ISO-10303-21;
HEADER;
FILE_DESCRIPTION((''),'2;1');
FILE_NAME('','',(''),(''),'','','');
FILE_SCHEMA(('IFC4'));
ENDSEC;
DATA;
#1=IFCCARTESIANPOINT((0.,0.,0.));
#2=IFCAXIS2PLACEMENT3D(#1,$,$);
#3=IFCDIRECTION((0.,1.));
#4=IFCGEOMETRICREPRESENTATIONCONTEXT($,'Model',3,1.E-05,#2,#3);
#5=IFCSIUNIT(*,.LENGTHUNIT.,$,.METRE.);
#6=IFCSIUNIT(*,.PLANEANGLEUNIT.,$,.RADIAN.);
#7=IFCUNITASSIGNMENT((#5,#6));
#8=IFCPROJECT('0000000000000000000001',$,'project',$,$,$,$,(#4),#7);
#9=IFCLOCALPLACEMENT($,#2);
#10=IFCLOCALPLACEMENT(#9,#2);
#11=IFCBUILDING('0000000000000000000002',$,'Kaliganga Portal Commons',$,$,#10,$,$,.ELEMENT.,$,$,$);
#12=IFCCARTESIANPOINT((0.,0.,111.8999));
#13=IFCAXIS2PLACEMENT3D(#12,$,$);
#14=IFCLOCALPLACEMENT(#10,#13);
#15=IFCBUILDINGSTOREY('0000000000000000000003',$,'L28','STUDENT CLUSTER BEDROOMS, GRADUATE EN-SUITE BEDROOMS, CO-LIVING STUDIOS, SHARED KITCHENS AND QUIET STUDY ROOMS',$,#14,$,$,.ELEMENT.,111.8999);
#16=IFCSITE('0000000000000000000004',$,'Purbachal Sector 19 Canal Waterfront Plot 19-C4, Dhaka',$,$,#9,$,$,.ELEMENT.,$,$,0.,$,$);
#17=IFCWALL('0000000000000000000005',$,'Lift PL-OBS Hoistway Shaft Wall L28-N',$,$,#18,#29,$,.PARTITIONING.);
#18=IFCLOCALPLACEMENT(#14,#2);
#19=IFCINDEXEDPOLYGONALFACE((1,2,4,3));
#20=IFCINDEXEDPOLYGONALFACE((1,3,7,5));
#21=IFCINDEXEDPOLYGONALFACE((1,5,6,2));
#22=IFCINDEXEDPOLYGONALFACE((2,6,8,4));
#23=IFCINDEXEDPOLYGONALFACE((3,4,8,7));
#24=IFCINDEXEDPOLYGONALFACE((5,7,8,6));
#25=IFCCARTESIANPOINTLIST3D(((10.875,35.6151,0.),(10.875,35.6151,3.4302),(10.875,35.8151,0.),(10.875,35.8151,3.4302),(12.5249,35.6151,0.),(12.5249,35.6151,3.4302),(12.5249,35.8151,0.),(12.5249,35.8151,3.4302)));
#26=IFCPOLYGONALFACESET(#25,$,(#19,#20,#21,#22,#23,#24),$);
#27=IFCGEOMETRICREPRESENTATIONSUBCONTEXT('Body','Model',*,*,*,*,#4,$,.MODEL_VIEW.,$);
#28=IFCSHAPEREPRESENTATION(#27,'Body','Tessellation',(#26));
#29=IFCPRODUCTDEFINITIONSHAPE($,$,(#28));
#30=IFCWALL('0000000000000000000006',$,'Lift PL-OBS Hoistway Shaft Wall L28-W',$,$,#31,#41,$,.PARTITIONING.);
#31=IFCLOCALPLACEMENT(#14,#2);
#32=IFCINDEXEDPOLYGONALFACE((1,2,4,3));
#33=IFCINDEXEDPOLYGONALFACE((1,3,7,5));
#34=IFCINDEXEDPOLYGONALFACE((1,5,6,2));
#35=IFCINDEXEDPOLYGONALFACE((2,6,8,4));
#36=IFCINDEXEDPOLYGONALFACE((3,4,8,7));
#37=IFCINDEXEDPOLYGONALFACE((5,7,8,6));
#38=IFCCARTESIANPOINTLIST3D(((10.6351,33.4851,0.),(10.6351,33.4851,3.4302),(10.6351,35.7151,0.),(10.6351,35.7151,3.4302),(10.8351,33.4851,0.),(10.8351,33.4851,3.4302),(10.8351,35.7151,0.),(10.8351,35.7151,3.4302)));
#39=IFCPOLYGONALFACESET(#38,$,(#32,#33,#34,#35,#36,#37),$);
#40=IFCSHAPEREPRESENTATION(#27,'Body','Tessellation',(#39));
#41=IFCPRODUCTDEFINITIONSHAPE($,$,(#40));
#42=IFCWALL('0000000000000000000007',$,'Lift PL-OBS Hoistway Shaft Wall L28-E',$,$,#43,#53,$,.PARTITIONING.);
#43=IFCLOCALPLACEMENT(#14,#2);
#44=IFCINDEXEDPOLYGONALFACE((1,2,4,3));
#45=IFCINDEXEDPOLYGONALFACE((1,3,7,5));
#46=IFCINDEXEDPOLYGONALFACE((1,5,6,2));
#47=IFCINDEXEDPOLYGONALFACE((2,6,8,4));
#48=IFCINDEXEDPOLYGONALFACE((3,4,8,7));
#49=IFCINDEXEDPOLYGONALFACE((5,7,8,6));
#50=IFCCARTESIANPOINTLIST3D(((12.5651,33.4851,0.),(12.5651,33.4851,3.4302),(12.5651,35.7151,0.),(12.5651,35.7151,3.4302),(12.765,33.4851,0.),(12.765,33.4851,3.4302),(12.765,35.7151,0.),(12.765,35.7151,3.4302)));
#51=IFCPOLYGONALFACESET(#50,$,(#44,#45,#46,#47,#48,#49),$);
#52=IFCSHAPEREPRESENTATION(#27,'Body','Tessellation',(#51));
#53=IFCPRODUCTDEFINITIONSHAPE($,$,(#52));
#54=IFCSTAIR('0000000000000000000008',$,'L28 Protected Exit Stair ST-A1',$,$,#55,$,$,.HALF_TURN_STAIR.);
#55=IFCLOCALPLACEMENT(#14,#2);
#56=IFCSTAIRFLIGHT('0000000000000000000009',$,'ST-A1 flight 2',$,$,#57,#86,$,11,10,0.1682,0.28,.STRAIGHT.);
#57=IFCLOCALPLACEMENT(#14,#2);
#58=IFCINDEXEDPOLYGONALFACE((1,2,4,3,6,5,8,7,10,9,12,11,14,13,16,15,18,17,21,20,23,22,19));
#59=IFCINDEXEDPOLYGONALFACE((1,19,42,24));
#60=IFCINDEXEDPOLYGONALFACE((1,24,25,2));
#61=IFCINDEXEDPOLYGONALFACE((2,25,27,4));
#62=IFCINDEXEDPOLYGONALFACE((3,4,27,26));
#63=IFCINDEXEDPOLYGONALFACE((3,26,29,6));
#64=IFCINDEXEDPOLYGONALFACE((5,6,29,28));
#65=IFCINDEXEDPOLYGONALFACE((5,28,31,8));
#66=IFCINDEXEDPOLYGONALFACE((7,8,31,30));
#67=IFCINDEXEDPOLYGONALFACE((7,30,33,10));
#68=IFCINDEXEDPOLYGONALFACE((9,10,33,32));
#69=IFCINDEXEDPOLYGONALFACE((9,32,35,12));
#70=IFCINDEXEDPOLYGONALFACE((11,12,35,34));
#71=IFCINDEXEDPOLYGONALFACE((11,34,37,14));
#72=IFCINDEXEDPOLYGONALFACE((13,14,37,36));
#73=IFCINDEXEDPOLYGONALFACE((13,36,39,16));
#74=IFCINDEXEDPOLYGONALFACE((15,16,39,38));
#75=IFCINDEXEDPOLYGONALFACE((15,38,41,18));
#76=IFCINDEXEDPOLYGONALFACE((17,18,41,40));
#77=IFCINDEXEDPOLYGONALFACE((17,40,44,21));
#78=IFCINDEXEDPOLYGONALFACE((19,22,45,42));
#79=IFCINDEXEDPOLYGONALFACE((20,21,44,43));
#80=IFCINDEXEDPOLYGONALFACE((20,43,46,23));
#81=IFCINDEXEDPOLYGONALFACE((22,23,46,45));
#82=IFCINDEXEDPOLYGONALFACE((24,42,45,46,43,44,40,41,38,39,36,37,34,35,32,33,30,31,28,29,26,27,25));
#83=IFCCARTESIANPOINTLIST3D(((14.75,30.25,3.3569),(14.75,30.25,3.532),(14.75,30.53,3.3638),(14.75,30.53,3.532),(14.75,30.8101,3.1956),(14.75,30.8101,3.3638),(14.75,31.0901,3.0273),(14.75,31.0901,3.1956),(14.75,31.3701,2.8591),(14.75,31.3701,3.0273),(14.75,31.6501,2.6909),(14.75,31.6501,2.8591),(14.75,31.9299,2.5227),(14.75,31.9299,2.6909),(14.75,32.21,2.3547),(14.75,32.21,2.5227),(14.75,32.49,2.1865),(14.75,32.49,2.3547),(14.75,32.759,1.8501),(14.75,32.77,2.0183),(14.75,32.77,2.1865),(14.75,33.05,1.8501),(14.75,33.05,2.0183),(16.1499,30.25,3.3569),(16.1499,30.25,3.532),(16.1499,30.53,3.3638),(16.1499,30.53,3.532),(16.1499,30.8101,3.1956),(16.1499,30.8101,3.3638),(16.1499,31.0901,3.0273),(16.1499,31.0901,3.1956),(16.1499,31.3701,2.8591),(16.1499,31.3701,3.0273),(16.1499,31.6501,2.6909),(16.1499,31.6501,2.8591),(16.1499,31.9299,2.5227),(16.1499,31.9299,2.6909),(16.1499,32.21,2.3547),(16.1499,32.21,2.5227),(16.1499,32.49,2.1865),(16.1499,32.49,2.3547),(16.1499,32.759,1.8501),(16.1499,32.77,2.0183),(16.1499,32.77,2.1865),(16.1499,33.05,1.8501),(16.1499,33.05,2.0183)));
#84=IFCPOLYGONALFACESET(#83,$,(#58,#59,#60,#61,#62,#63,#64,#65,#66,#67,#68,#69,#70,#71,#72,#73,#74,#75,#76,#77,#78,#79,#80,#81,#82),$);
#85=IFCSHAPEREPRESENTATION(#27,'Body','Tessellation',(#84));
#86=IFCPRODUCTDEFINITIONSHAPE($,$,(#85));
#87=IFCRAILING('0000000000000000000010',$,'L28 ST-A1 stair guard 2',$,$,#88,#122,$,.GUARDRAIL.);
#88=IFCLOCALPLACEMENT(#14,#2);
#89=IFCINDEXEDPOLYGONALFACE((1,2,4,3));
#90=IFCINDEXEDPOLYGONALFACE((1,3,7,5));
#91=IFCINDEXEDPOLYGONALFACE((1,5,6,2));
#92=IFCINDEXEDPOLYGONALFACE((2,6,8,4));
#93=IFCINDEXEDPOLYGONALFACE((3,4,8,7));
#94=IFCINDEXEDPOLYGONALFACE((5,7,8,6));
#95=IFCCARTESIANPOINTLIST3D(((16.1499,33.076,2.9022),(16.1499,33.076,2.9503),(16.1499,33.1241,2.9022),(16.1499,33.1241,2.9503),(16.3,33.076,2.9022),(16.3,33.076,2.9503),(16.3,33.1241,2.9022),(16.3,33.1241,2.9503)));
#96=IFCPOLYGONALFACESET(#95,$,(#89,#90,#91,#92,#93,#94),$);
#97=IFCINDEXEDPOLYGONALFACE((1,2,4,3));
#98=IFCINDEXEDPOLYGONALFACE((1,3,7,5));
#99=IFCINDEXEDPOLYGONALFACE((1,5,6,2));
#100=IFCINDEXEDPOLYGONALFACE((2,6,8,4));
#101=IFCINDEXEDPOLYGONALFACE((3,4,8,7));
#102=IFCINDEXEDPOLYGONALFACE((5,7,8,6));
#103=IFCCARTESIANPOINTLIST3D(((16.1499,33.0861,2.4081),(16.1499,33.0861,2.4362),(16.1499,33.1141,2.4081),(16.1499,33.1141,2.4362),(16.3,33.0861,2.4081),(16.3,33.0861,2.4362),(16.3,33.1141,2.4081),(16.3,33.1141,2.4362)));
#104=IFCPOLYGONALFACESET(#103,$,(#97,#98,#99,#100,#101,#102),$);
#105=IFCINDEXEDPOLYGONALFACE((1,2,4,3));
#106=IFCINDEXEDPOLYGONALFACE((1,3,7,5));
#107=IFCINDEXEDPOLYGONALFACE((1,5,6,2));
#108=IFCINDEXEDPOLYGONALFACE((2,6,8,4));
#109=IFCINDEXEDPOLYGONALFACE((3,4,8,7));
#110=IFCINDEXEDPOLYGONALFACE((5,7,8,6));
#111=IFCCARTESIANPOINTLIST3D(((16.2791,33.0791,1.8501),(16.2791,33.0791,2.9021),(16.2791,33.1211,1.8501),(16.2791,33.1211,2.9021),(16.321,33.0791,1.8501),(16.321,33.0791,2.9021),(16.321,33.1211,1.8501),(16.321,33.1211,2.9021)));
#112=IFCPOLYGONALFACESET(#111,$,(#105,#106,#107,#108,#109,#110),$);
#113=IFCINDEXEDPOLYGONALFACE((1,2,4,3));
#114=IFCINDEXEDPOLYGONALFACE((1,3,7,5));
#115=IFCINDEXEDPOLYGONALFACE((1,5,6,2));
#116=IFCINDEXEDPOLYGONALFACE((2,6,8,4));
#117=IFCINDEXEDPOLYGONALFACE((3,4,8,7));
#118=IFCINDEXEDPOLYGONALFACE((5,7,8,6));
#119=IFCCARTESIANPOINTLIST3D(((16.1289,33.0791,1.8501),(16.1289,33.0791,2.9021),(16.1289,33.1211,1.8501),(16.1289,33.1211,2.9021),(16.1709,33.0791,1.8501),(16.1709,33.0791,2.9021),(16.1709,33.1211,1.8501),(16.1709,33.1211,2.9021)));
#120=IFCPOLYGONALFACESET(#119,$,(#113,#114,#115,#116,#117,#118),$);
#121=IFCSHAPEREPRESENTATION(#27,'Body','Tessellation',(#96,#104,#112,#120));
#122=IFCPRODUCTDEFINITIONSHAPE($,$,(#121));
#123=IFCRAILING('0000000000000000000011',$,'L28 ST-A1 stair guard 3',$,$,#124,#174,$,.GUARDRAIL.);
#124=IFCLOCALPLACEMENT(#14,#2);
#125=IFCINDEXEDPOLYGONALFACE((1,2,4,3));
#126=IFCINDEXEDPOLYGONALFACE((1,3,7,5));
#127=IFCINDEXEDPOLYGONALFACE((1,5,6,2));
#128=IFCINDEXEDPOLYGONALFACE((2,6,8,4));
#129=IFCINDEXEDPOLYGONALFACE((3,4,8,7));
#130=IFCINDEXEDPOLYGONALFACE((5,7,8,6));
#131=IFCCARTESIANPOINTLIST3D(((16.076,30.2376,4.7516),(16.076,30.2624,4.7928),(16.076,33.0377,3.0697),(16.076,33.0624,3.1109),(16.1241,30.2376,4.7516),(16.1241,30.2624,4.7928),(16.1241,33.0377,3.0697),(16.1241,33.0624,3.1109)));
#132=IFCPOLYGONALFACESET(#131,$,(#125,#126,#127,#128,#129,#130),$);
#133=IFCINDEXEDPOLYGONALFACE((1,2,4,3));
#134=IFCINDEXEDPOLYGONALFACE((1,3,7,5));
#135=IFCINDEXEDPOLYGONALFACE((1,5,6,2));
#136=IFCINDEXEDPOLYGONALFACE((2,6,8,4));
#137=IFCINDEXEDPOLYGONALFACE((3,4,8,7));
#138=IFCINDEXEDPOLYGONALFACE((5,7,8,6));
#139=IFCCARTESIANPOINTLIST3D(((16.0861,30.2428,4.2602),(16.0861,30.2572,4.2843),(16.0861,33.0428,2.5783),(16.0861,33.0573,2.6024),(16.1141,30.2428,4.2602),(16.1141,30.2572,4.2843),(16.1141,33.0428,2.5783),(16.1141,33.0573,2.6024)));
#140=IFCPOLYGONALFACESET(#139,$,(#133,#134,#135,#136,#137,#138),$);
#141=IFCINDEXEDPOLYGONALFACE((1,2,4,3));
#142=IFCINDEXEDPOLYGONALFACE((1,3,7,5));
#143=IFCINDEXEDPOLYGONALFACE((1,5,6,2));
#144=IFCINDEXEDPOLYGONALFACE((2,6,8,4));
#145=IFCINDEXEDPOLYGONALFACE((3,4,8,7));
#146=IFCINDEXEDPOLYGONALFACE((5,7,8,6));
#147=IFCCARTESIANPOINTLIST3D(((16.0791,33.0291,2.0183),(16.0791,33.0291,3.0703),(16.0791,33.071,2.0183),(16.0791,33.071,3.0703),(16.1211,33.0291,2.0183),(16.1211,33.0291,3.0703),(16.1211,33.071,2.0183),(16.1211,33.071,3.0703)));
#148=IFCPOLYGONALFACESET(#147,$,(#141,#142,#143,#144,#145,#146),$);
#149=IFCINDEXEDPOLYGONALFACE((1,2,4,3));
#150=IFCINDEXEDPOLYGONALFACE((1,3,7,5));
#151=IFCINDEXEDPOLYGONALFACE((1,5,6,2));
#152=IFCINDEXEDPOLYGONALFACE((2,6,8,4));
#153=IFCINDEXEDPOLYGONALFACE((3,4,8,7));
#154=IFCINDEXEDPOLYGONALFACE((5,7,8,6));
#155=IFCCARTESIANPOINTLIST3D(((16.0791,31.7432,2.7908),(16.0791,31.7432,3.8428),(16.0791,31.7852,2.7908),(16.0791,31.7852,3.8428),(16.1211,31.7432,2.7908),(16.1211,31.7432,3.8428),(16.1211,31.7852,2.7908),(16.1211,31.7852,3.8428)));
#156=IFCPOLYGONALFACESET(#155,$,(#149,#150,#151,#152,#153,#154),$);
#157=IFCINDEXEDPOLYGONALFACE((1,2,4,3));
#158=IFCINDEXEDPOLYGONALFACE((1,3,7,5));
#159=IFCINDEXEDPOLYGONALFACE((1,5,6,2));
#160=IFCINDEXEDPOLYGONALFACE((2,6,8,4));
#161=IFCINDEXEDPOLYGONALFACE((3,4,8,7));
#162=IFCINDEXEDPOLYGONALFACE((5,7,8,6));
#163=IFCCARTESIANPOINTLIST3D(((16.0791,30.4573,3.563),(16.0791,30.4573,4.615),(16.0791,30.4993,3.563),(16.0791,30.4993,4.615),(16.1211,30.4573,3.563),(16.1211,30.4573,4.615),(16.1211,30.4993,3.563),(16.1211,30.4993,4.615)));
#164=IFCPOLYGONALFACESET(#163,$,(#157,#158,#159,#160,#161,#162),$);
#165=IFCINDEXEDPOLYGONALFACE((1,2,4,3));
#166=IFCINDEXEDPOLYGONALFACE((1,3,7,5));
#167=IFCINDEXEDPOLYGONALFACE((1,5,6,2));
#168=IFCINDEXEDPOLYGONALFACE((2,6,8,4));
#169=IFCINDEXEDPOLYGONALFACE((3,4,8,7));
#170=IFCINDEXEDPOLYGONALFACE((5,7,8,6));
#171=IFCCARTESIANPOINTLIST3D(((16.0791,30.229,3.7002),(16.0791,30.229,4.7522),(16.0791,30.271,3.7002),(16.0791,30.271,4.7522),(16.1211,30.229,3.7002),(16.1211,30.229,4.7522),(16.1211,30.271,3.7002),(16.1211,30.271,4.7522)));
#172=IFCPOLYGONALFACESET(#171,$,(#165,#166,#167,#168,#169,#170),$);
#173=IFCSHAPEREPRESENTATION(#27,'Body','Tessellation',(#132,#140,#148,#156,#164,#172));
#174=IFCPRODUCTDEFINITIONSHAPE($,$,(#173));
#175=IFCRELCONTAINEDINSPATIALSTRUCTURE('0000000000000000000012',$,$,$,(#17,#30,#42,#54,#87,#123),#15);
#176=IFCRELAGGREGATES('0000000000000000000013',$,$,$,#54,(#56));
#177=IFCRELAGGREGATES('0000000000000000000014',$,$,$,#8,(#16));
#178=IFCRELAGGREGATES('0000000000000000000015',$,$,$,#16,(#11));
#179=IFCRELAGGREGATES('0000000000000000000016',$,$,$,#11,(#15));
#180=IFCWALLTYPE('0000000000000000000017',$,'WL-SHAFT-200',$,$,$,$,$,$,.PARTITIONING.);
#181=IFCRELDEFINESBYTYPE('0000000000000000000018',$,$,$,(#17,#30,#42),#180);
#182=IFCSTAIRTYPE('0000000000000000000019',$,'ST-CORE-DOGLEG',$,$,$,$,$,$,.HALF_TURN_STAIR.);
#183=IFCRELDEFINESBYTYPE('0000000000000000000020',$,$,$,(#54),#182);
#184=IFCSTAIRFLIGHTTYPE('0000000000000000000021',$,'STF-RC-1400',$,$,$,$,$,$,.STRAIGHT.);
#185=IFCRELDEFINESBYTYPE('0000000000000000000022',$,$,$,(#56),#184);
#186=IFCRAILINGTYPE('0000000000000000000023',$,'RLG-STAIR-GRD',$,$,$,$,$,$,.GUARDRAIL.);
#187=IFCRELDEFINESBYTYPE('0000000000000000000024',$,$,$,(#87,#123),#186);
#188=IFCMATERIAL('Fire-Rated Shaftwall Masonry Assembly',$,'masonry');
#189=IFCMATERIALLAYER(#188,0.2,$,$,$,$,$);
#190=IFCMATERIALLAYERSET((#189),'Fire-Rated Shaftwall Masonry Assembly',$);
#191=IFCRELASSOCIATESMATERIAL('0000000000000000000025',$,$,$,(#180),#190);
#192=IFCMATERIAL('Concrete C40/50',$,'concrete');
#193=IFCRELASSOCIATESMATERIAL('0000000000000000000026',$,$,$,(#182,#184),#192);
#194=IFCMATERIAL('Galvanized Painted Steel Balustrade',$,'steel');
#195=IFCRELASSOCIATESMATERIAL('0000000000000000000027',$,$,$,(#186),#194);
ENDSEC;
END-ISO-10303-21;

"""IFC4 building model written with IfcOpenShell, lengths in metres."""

from ifc_helpers import new_model, si_unit, direction, frame, frame_2d, origin, origin_2d, place, context, subcontext, project, spatial, polyline, rectangle, outline, extrude, material, layer, layer_set, type_object, element, aggregate, save


model = new_model("IFC4")

# Units and contexts
model_context = context("Model", 3, precision=1e-05, world=origin(), true_north=direction((0.0, 1.0)))
body_context = subcontext(model_context, "Body", "Model", "MODEL_VIEW")
ifc_project = project(units=[si_unit("LENGTHUNIT", "METRE"), si_unit("PLANEANGLEUNIT", "RADIAN")], contexts=[model_context])

# Site, building, storey
site_placement = place(None, origin())
site = spatial("IfcSite", under=ifc_project, at=site_placement, Name="Purbachal Sector 19 Canal Waterfront Plot 19-C4, Dhaka", CompositionType="ELEMENT", RefElevation=0.0)
building_placement = place(site_placement, origin())
building = spatial("IfcBuilding", under=site, at=building_placement, Name="Kaliganga Portal Commons", CompositionType="ELEMENT")
storey_placement = place(building_placement, frame((0.0, 0.0, 111.8999)))
storey = spatial("IfcBuildingStorey", under=building, at=storey_placement, Name="L28", Description="STUDENT CLUSTER BEDROOMS, GRADUATE EN-SUITE BEDROOMS, CO-LIVING STUDIOS, SHARED KITCHENS AND QUIET STUDY ROOMS", CompositionType="ELEMENT", Elevation=111.8999)

# Shared definitions
ifc_material_1 = material(Name="Fire-Rated Shaftwall Masonry Assembly", Category="masonry")
ifc_layer_1 = layer(ifc_material_1, 0.2)
ifc_layer_set_1 = layer_set([ifc_layer_1], Name="Fire-Rated Shaftwall Masonry Assembly")
wall_type_1 = type_object("IfcWallType", Name="WL-SHAFT-200", PredefinedType="PARTITIONING", material=ifc_layer_set_1)

# Walls
wall_1_placement = place(storey_placement, frame((10.875, 35.7151, 0.0), z_axis=(0.0, 0.0, 1.0), x_axis=(1.0, 0.0, 0.0)))
element("IfcWall", 1, at=wall_1_placement, inside=storey, type_object=wall_type_1, Name="Lift PL-OBS Hoistway Shaft Wall L28-N", PredefinedType="PARTITIONING", context=body_context, shape_type="SweptSolid", body=[
    extrude(rectangle(XDim=1.6499, YDim=0.2, at=frame_2d((0.825, 0.0))), origin(), (0.0, 0.0, 1.0), 3.4302),
])
for number, where, z_axis, x_axis, name in (
    (2, (10.7351, 33.4851, 0.0), (0.0, 0.0, 1.0), (0.0, 1.0, 0.0), "Lift PL-OBS Hoistway Shaft Wall L28-W"),
    (3, (12.665, 33.4851, 0.0), (0.0, 0.0, 1.0), (0.0, 1.0, 0.0), "Lift PL-OBS Hoistway Shaft Wall L28-E"),
):
    element("IfcWall", number, at=place(storey_placement, frame(where, z_axis=z_axis, x_axis=x_axis)), inside=storey, type_object=wall_type_1, Name=name, PredefinedType="PARTITIONING", context=body_context, shape_type="SweptSolid", body=[
        extrude(rectangle(XDim=2.23, YDim=0.2, at=frame_2d((1.115, 0.0))), origin(), (0.0, 0.0, 1.0), 3.4302),
    ])

# Stair, stair flight
ifc_material_2 = material(Name="Concrete C40/50", Category="concrete")
stair_type = type_object("IfcStairType", Name="ST-CORE-DOGLEG", PredefinedType="HALF_TURN_STAIR", material=ifc_material_2)
stair_placement = place(storey_placement, origin())
stair = element("IfcStair", 4, at=stair_placement, inside=storey, type_object=stair_type, Name="L28 Protected Exit Stair ST-A1", PredefinedType="HALF_TURN_STAIR")
stair_flight_type = type_object("IfcStairFlightType", Name="STF-RC-1400", PredefinedType="STRAIGHT", material=ifc_material_2)
stair_flight_placement = place(storey_placement, frame((15.45, 33.05, 1.8501), z_axis=(0.0, 0.0, 1.0), x_axis=(0.0, -1.0, 0.0)))
stair_flight = element("IfcStairFlight", 5, at=stair_flight_placement, type_object=stair_flight_type, Name="ST-A1 flight 2", NumberOfRisers=11, NumberOfTreads=10, PredefinedType="STRAIGHT", RiserHeight=0.1682, TreadLength=0.28, context=body_context, shape_type="SweptSolid", body=[
    extrude(outline(polyline([(0.0, 0.0), (0.0, 0.1682), (0.28, 0.1682), (0.28, 0.3364), (0.5601, 0.3364), (0.5601, 0.5046), (0.8401, 0.5046), (0.8401, 0.6726), (1.1201, 0.6726), (1.1201, 0.8408), (1.3999, 0.8408), (1.3999, 1.009), (1.6799, 1.009), (1.6799, 1.1772), (1.96, 1.1772), (1.96, 1.3455), (2.24, 1.3455), (2.24, 1.5137), (2.52, 1.5137), (2.52, 1.6819), (2.8, 1.6819), (2.8, 1.8501), (2.8, 1.5068), (0.291, 0.0), (0.0, 0.0)])), frame((0.0, 0.7, 0.0), z_axis=(0.0, -1.0, 0.0), x_axis=(1.0, 0.0, 0.0)), (0.0, 0.0, 1.0), 1.3999),
])
aggregate(stair, [stair_flight])

# Railings
ifc_material_3 = material(Name="Galvanized Painted Steel Balustrade", Category="steel")
railing_type_1 = type_object("IfcRailingType", Name="RLG-STAIR-GRD", PredefinedType="GUARDRAIL", material=ifc_material_3)
railing_1_placement = place(storey_placement, frame((16.3, 33.1001, 1.8501)))
element("IfcRailing", 6, at=railing_1_placement, inside=storey, type_object=railing_type_1, Name="L28 ST-A1 stair guard 2", PredefinedType="GUARDRAIL", context=body_context, shape_type="SweptSolid", body=[
    extrude(rectangle(XDim=0.0481, YDim=0.0481, at=origin_2d()), frame((0.0, 0.0, 1.0762), z_axis=(-1.0, 0.0, 0.0), x_axis=(0.0, -1.0, 0.0)), (0.0, 0.0, 1.0), 0.1501),
    extrude(rectangle(XDim=0.0281, YDim=0.0281, at=origin_2d()), frame((0.0, 0.0, 0.572), z_axis=(-1.0, 0.0, 0.0), x_axis=(0.0, -1.0, 0.0)), (0.0, 0.0, 1.0), 0.1501),
    extrude(rectangle(XDim=0.042, YDim=0.042, at=origin_2d()), origin(), (0.0, 0.0, 1.0), 1.052),
    extrude(rectangle(XDim=0.042, YDim=0.042, at=origin_2d()), frame((-0.1501, 0.0, 0.0)), (0.0, 0.0, 1.0), 1.052),
])
railing_2_placement = place(storey_placement, frame((16.1001, 33.05, 2.0183)))
element("IfcRailing", 7, at=railing_2_placement, inside=storey, type_object=railing_type_1, Name="L28 ST-A1 stair guard 3", PredefinedType="GUARDRAIL", context=body_context, shape_type="SweptSolid", body=[
    extrude(rectangle(XDim=0.0481, YDim=0.0481, at=origin_2d()), frame((0.0, 0.0, 1.072), z_axis=(0.0, -0.857242, 0.514913), x_axis=(1.0, 0.0, 0.0)), (0.0, 0.0, 1.0), 3.2664),
    extrude(rectangle(XDim=0.0281, YDim=0.0281, at=origin_2d()), frame((0.0, 0.0, 0.572), z_axis=(0.0, -0.857242, 0.514913), x_axis=(1.0, 0.0, 0.0)), (0.0, 0.0, 1.0), 3.2664),
    extrude(rectangle(XDim=0.042, YDim=0.042, at=origin_2d()), origin(), (0.0, 0.0, 1.0), 1.052),
    extrude(rectangle(XDim=0.042, YDim=0.042, at=origin_2d()), frame((0.0, -1.2859, 0.7725)), (0.0, 0.0, 1.0), 1.052),
    extrude(rectangle(XDim=0.042, YDim=0.042, at=origin_2d()), frame((0.0, -2.5718, 1.5447)), (0.0, 0.0, 1.0), 1.052),
    extrude(rectangle(XDim=0.042, YDim=0.042, at=origin_2d()), frame((0.0, -2.8, 1.6819)), (0.0, 0.0, 1.0), 1.052),
])

save(model, "model.ifc")
